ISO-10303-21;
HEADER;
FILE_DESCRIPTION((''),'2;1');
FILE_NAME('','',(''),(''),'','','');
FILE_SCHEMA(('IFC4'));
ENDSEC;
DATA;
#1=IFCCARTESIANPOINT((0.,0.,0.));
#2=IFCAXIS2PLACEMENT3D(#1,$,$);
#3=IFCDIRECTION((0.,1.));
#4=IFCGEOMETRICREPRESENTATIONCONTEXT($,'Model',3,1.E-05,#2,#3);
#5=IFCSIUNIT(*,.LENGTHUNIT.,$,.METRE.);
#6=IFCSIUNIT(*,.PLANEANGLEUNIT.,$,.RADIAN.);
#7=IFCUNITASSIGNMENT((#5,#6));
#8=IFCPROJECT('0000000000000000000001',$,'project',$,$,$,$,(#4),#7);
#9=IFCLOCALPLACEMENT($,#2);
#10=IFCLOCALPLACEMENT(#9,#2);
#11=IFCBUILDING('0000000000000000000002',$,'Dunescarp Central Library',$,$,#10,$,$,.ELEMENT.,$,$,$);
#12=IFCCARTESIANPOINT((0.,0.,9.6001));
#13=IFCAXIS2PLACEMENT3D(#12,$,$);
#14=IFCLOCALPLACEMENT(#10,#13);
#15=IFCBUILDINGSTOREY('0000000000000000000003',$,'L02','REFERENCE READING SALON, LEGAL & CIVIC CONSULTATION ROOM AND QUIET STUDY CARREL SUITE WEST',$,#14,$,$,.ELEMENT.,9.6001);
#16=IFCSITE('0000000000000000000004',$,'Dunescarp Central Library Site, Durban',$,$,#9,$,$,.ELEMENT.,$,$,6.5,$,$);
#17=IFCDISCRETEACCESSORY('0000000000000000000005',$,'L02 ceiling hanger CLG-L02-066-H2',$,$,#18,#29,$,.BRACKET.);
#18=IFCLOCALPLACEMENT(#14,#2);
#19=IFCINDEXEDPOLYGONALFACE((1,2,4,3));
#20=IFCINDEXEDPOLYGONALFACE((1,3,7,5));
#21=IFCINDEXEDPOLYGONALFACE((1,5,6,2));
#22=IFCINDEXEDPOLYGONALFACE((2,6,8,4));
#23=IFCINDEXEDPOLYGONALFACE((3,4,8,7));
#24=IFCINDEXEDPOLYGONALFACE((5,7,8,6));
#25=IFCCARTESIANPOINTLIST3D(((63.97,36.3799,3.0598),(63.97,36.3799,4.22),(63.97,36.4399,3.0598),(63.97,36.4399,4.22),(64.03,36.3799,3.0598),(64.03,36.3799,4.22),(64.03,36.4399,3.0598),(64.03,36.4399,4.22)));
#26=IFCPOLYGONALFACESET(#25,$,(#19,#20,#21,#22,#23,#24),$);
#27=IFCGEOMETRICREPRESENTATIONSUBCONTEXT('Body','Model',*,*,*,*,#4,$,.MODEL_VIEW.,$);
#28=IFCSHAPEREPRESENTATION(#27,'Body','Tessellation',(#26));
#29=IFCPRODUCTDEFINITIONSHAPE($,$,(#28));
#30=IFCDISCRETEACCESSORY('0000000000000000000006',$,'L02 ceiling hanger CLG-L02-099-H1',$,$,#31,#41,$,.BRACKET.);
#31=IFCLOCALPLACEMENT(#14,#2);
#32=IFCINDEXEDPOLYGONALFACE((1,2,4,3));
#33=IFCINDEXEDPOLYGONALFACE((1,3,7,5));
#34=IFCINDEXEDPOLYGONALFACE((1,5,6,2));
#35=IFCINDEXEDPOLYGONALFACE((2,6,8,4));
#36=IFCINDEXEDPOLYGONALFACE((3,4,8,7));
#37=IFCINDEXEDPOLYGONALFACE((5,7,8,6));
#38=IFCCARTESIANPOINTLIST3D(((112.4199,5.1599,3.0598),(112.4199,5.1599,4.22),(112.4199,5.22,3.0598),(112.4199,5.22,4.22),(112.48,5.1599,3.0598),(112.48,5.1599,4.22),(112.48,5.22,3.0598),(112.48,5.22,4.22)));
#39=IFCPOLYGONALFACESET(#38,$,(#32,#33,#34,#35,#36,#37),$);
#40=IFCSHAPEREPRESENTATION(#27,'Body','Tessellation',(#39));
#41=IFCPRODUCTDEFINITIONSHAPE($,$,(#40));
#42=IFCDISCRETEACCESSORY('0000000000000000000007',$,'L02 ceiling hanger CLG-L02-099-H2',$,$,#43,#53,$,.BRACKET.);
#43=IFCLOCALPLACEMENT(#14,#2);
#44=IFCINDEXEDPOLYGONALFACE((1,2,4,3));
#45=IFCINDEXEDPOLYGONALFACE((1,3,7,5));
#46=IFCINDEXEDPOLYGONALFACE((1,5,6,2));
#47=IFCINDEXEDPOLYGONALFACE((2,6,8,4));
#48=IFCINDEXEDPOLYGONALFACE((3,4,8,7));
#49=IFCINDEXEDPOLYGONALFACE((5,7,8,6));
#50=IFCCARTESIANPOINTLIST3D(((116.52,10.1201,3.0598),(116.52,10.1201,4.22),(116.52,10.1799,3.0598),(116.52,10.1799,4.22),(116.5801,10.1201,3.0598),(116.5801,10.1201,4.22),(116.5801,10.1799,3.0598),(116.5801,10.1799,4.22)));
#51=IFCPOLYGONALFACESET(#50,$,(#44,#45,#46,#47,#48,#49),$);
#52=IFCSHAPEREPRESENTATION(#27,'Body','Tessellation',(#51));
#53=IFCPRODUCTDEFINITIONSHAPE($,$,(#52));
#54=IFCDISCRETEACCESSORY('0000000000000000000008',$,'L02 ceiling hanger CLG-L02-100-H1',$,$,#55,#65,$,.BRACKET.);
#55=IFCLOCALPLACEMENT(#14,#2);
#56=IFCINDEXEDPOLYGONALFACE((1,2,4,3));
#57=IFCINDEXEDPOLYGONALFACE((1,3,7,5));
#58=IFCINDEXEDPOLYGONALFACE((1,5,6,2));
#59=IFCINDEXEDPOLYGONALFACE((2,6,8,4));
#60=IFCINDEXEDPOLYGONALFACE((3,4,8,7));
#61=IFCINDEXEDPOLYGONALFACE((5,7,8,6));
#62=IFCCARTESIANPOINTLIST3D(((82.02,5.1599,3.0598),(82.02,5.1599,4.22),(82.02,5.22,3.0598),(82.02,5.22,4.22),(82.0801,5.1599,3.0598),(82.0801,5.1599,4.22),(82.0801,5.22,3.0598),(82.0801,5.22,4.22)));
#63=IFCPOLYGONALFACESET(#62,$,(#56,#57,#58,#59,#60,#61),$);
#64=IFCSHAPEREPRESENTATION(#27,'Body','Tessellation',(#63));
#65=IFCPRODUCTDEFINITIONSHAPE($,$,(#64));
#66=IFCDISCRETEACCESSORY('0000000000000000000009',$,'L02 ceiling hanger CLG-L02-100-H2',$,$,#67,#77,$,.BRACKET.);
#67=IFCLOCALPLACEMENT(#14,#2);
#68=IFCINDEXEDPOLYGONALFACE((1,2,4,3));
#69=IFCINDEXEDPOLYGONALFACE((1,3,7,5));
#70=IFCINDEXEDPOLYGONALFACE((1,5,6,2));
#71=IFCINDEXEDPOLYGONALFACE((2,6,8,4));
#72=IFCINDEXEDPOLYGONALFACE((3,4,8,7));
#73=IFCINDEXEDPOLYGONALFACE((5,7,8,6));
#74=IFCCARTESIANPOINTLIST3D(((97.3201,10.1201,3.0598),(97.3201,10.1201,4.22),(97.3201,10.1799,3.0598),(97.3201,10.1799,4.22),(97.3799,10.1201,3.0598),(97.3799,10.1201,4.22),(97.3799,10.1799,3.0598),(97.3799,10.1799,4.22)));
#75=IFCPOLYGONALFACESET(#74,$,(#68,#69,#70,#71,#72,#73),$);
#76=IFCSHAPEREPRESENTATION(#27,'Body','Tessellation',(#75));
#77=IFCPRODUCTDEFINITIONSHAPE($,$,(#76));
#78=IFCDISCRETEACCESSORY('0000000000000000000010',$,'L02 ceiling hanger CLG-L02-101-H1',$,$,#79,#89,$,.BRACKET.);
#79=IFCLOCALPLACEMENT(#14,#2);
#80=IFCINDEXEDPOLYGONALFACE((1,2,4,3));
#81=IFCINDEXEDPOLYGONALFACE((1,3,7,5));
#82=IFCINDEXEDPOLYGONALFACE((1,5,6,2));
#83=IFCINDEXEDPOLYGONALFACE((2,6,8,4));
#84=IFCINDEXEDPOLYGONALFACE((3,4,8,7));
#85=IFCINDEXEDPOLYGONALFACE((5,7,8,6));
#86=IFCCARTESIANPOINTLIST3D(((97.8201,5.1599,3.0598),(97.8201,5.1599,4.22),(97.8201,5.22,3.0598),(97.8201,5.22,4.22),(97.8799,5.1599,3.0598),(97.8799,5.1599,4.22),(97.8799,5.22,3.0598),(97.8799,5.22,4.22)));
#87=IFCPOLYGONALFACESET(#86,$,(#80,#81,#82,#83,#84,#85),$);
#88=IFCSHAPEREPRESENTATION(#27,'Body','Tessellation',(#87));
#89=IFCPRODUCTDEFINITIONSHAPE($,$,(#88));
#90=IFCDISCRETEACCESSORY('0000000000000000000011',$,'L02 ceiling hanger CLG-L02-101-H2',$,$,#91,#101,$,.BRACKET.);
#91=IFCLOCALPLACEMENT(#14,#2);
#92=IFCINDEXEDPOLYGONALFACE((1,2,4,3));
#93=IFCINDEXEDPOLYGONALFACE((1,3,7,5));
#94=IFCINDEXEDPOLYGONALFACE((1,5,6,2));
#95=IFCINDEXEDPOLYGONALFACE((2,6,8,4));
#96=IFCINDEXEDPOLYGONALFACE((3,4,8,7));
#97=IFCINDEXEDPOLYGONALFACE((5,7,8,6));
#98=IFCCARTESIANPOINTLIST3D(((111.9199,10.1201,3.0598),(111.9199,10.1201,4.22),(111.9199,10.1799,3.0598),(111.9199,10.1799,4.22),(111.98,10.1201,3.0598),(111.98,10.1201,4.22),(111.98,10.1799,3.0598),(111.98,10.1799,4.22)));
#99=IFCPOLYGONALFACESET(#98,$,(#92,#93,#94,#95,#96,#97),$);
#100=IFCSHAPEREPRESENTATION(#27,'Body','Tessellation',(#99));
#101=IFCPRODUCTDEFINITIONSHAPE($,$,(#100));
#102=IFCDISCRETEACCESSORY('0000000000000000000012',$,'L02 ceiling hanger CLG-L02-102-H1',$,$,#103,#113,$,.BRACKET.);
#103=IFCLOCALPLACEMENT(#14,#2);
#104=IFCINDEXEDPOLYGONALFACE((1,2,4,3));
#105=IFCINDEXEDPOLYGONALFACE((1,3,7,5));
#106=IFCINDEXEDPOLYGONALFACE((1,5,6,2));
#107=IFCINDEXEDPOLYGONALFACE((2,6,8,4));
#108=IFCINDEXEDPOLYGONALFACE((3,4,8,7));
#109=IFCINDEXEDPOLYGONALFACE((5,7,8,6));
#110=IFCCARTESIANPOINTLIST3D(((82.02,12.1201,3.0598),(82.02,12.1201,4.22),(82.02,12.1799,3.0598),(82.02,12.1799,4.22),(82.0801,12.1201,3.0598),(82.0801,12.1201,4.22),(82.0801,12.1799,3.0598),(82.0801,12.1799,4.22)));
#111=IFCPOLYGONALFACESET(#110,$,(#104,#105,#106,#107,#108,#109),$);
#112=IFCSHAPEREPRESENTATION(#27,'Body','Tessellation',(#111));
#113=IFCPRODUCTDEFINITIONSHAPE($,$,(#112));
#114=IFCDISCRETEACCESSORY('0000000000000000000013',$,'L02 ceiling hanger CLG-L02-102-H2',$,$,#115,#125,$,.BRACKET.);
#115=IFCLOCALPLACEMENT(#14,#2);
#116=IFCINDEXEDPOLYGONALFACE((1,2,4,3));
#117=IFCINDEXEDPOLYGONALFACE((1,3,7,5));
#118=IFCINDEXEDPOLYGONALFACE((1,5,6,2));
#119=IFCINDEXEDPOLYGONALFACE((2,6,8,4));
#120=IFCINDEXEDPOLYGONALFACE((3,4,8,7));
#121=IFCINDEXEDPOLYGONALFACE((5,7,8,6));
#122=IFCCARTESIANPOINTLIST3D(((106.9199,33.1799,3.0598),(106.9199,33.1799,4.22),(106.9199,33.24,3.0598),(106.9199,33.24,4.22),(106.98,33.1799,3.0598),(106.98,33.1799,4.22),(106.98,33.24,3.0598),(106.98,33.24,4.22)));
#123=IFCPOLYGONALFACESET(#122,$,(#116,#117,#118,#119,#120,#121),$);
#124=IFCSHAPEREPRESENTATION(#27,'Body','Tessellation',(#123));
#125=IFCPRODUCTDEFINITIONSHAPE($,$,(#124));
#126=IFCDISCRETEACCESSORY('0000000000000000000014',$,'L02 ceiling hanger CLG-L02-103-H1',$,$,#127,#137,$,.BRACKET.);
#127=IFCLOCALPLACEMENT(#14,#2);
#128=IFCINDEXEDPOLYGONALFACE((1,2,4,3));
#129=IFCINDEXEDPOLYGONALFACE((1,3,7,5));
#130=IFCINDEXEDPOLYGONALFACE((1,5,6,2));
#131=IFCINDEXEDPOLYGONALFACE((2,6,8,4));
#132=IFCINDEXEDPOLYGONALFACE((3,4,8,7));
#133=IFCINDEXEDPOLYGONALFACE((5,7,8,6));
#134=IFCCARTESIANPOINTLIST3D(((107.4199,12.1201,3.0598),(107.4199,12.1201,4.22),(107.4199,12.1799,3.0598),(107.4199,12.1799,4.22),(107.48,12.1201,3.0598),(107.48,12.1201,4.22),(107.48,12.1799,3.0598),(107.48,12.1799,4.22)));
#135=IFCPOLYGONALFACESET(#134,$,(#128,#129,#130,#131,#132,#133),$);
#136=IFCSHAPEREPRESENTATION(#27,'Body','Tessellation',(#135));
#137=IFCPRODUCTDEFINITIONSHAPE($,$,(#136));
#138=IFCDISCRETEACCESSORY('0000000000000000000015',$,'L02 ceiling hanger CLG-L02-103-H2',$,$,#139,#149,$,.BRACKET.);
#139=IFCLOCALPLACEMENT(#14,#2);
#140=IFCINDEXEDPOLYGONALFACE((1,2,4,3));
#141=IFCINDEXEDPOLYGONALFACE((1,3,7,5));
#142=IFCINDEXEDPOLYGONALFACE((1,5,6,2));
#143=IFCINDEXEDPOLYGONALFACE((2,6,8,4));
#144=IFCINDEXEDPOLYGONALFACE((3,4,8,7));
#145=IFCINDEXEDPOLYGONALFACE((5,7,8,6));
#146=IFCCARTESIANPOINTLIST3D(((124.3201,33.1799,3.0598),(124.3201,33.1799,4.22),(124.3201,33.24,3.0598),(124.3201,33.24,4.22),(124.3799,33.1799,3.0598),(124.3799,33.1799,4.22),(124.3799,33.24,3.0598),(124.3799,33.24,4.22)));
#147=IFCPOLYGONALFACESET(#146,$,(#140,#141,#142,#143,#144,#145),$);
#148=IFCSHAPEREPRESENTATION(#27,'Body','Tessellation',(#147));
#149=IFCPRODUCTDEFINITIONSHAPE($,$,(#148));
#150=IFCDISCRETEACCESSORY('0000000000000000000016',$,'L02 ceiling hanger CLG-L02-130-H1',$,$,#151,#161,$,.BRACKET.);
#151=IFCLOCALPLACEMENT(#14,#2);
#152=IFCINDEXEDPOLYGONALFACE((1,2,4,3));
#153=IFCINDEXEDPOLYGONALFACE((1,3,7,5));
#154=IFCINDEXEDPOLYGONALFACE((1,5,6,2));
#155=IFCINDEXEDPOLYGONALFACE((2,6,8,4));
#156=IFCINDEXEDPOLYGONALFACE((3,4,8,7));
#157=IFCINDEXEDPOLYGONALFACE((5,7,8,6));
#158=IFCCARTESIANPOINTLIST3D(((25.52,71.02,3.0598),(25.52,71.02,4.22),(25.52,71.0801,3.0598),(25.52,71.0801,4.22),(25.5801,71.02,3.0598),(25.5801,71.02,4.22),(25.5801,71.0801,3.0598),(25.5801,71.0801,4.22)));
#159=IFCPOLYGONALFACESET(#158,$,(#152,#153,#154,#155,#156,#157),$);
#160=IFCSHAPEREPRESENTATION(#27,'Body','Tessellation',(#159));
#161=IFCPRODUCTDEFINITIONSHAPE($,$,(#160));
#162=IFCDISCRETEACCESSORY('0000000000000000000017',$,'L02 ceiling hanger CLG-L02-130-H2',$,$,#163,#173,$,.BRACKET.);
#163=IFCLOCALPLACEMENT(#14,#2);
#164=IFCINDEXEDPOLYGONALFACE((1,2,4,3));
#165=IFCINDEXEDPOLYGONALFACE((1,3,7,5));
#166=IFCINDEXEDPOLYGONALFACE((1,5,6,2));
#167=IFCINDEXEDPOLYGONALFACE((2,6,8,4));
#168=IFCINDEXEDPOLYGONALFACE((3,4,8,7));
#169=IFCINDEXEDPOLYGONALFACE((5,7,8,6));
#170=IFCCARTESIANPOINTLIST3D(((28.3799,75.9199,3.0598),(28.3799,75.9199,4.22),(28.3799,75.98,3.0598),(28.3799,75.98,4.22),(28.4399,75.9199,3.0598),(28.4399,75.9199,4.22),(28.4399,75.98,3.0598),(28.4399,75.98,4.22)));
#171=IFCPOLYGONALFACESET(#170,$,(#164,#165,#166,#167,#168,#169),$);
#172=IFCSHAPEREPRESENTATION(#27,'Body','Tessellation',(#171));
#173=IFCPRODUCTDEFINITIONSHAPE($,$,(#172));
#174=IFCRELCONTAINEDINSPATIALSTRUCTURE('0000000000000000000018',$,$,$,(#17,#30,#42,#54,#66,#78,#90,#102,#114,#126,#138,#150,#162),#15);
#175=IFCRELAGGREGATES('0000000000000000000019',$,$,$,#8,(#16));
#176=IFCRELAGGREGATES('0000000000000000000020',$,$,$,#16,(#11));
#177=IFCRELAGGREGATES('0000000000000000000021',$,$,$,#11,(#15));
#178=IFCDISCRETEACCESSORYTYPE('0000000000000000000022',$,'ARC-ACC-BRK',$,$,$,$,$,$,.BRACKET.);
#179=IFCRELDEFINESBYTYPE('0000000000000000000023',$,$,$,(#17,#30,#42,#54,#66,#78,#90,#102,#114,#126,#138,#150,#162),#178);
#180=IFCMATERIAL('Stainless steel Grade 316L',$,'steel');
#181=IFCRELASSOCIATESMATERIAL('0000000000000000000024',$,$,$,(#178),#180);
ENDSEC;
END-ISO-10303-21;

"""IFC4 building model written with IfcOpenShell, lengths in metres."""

from ifc_helpers import new_model, si_unit, direction, frame, origin, place, context, subcontext, project, spatial, polyline, outline, extrude, material, type_object, element, save


model = new_model("IFC4")

# Units and contexts
model_context = context("Model", 3, precision=1e-05, world=origin(), true_north=direction((0.0, 1.0)))
body_context = subcontext(model_context, "Body", "Model", "MODEL_VIEW")
ifc_project = project(units=[si_unit("LENGTHUNIT", "METRE"), si_unit("PLANEANGLEUNIT", "RADIAN")], contexts=[model_context])

# Site, building, storey
site_placement = place(None, origin())
site = spatial("IfcSite", under=ifc_project, at=site_placement, Name="Dunescarp Central Library Site, Durban", CompositionType="ELEMENT", RefElevation=6.5)
building_placement = place(site_placement, origin())
building = spatial("IfcBuilding", under=site, at=building_placement, Name="Dunescarp Central Library", CompositionType="ELEMENT")
storey_placement = place(building_placement, frame((0.0, 0.0, 9.6001)))
storey = spatial("IfcBuildingStorey", under=building, at=storey_placement, Name="L02", Description="REFERENCE READING SALON, LEGAL & CIVIC CONSULTATION ROOM AND QUIET STUDY CARREL SUITE WEST", CompositionType="ELEMENT", Elevation=9.6001)

# Discrete accessories
ifc_material_1 = material(Name="Stainless steel Grade 316L", Category="steel")
discrete_accessory_type = type_object("IfcDiscreteAccessoryType", Name="ARC-ACC-BRK", PredefinedType="BRACKET", material=ifc_material_1)
discrete_accessory_1_placement = place(storey_placement, frame((0.0, 0.0, 3.0598)))
element("IfcDiscreteAccessory", 1, at=discrete_accessory_1_placement, inside=storey, type_object=discrete_accessory_type, Name="L02 ceiling hanger CLG-L02-066-H2", PredefinedType="BRACKET", context=body_context, shape_type="SweptSolid", body=[
    extrude(outline(polyline([(63.97, 36.3799), (64.03, 36.3799), (64.03, 36.4399), (63.97, 36.4399), (63.97, 36.3799)])), origin(), (0.0, 0.0, 1.0), 1.1602),
])
discrete_accessory_2_placement = place(storey_placement, frame((0.0, 0.0, 3.0598)))
element("IfcDiscreteAccessory", 2, at=discrete_accessory_2_placement, inside=storey, type_object=discrete_accessory_type, Name="L02 ceiling hanger CLG-L02-099-H1", PredefinedType="BRACKET", context=body_context, shape_type="SweptSolid", body=[
    extrude(outline(polyline([(112.4199, 5.1599), (112.48, 5.1599), (112.48, 5.22), (112.4199, 5.22), (112.4199, 5.1599)])), origin(), (0.0, 0.0, 1.0), 1.1602),
])
discrete_accessory_3_placement = place(storey_placement, frame((0.0, 0.0, 3.0598)))
element("IfcDiscreteAccessory", 3, at=discrete_accessory_3_placement, inside=storey, type_object=discrete_accessory_type, Name="L02 ceiling hanger CLG-L02-099-H2", PredefinedType="BRACKET", context=body_context, shape_type="SweptSolid", body=[
    extrude(outline(polyline([(116.52, 10.1201), (116.5801, 10.1201), (116.5801, 10.1799), (116.52, 10.1799), (116.52, 10.1201)])), origin(), (0.0, 0.0, 1.0), 1.1602),
])
discrete_accessory_4_placement = place(storey_placement, frame((0.0, 0.0, 3.0598)))
element("IfcDiscreteAccessory", 4, at=discrete_accessory_4_placement, inside=storey, type_object=discrete_accessory_type, Name="L02 ceiling hanger CLG-L02-100-H1", PredefinedType="BRACKET", context=body_context, shape_type="SweptSolid", body=[
    extrude(outline(polyline([(82.02, 5.1599), (82.0801, 5.1599), (82.0801, 5.22), (82.02, 5.22), (82.02, 5.1599)])), origin(), (0.0, 0.0, 1.0), 1.1602),
])
discrete_accessory_5_placement = place(storey_placement, frame((0.0, 0.0, 3.0598)))
element("IfcDiscreteAccessory", 5, at=discrete_accessory_5_placement, inside=storey, type_object=discrete_accessory_type, Name="L02 ceiling hanger CLG-L02-100-H2", PredefinedType="BRACKET", context=body_context, shape_type="SweptSolid", body=[
    extrude(outline(polyline([(97.3201, 10.1201), (97.3799, 10.1201), (97.3799, 10.1799), (97.3201, 10.1799), (97.3201, 10.1201)])), origin(), (0.0, 0.0, 1.0), 1.1602),
])
discrete_accessory_6_placement = place(storey_placement, frame((0.0, 0.0, 3.0598)))
element("IfcDiscreteAccessory", 6, at=discrete_accessory_6_placement, inside=storey, type_object=discrete_accessory_type, Name="L02 ceiling hanger CLG-L02-101-H1", PredefinedType="BRACKET", context=body_context, shape_type="SweptSolid", body=[
    extrude(outline(polyline([(97.8201, 5.1599), (97.8799, 5.1599), (97.8799, 5.22), (97.8201, 5.22), (97.8201, 5.1599)])), origin(), (0.0, 0.0, 1.0), 1.1602),
])
discrete_accessory_7_placement = place(storey_placement, frame((0.0, 0.0, 3.0598)))
element("IfcDiscreteAccessory", 7, at=discrete_accessory_7_placement, inside=storey, type_object=discrete_accessory_type, Name="L02 ceiling hanger CLG-L02-101-H2", PredefinedType="BRACKET", context=body_context, shape_type="SweptSolid", body=[
    extrude(outline(polyline([(111.9199, 10.1201), (111.98, 10.1201), (111.98, 10.1799), (111.9199, 10.1799), (111.9199, 10.1201)])), origin(), (0.0, 0.0, 1.0), 1.1602),
])
discrete_accessory_8_placement = place(storey_placement, frame((0.0, 0.0, 3.0598)))
element("IfcDiscreteAccessory", 8, at=discrete_accessory_8_placement, inside=storey, type_object=discrete_accessory_type, Name="L02 ceiling hanger CLG-L02-102-H1", PredefinedType="BRACKET", context=body_context, shape_type="SweptSolid", body=[
    extrude(outline(polyline([(82.02, 12.1201), (82.0801, 12.1201), (82.0801, 12.1799), (82.02, 12.1799), (82.02, 12.1201)])), origin(), (0.0, 0.0, 1.0), 1.1602),
])
discrete_accessory_9_placement = place(storey_placement, frame((0.0, 0.0, 3.0598)))
element("IfcDiscreteAccessory", 9, at=discrete_accessory_9_placement, inside=storey, type_object=discrete_accessory_type, Name="L02 ceiling hanger CLG-L02-102-H2", PredefinedType="BRACKET", context=body_context, shape_type="SweptSolid", body=[
    extrude(outline(polyline([(106.9199, 33.1799), (106.98, 33.1799), (106.98, 33.24), (106.9199, 33.24), (106.9199, 33.1799)])), origin(), (0.0, 0.0, 1.0), 1.1602),
])
discrete_accessory_10_placement = place(storey_placement, frame((0.0, 0.0, 3.0598)))
element("IfcDiscreteAccessory", 10, at=discrete_accessory_10_placement, inside=storey, type_object=discrete_accessory_type, Name="L02 ceiling hanger CLG-L02-103-H1", PredefinedType="BRACKET", context=body_context, shape_type="SweptSolid", body=[
    extrude(outline(polyline([(107.4199, 12.1201), (107.48, 12.1201), (107.48, 12.1799), (107.4199, 12.1799), (107.4199, 12.1201)])), origin(), (0.0, 0.0, 1.0), 1.1602),
])
discrete_accessory_11_placement = place(storey_placement, frame((0.0, 0.0, 3.0598)))
element("IfcDiscreteAccessory", 11, at=discrete_accessory_11_placement, inside=storey, type_object=discrete_accessory_type, Name="L02 ceiling hanger CLG-L02-103-H2", PredefinedType="BRACKET", context=body_context, shape_type="SweptSolid", body=[
    extrude(outline(polyline([(124.3201, 33.1799), (124.3799, 33.1799), (124.3799, 33.24), (124.3201, 33.24), (124.3201, 33.1799)])), origin(), (0.0, 0.0, 1.0), 1.1602),
])
discrete_accessory_12_placement = place(storey_placement, frame((0.0, 0.0, 3.0598)))
element("IfcDiscreteAccessory", 12, at=discrete_accessory_12_placement, inside=storey, type_object=discrete_accessory_type, Name="L02 ceiling hanger CLG-L02-130-H1", PredefinedType="BRACKET", context=body_context, shape_type="SweptSolid", body=[
    extrude(outline(polyline([(25.52, 71.02), (25.5801, 71.02), (25.5801, 71.0801), (25.52, 71.0801), (25.52, 71.02)])), origin(), (0.0, 0.0, 1.0), 1.1602),
])
discrete_accessory_13_placement = place(storey_placement, frame((0.0, 0.0, 3.0598)))
element("IfcDiscreteAccessory", 13, at=discrete_accessory_13_placement, inside=storey, type_object=discrete_accessory_type, Name="L02 ceiling hanger CLG-L02-130-H2", PredefinedType="BRACKET", context=body_context, shape_type="SweptSolid", body=[
    extrude(outline(polyline([(28.3799, 75.9199), (28.4399, 75.9199), (28.4399, 75.98), (28.3799, 75.98), (28.3799, 75.9199)])), origin(), (0.0, 0.0, 1.0), 1.1602),
])

save(model, "model.ifc")
